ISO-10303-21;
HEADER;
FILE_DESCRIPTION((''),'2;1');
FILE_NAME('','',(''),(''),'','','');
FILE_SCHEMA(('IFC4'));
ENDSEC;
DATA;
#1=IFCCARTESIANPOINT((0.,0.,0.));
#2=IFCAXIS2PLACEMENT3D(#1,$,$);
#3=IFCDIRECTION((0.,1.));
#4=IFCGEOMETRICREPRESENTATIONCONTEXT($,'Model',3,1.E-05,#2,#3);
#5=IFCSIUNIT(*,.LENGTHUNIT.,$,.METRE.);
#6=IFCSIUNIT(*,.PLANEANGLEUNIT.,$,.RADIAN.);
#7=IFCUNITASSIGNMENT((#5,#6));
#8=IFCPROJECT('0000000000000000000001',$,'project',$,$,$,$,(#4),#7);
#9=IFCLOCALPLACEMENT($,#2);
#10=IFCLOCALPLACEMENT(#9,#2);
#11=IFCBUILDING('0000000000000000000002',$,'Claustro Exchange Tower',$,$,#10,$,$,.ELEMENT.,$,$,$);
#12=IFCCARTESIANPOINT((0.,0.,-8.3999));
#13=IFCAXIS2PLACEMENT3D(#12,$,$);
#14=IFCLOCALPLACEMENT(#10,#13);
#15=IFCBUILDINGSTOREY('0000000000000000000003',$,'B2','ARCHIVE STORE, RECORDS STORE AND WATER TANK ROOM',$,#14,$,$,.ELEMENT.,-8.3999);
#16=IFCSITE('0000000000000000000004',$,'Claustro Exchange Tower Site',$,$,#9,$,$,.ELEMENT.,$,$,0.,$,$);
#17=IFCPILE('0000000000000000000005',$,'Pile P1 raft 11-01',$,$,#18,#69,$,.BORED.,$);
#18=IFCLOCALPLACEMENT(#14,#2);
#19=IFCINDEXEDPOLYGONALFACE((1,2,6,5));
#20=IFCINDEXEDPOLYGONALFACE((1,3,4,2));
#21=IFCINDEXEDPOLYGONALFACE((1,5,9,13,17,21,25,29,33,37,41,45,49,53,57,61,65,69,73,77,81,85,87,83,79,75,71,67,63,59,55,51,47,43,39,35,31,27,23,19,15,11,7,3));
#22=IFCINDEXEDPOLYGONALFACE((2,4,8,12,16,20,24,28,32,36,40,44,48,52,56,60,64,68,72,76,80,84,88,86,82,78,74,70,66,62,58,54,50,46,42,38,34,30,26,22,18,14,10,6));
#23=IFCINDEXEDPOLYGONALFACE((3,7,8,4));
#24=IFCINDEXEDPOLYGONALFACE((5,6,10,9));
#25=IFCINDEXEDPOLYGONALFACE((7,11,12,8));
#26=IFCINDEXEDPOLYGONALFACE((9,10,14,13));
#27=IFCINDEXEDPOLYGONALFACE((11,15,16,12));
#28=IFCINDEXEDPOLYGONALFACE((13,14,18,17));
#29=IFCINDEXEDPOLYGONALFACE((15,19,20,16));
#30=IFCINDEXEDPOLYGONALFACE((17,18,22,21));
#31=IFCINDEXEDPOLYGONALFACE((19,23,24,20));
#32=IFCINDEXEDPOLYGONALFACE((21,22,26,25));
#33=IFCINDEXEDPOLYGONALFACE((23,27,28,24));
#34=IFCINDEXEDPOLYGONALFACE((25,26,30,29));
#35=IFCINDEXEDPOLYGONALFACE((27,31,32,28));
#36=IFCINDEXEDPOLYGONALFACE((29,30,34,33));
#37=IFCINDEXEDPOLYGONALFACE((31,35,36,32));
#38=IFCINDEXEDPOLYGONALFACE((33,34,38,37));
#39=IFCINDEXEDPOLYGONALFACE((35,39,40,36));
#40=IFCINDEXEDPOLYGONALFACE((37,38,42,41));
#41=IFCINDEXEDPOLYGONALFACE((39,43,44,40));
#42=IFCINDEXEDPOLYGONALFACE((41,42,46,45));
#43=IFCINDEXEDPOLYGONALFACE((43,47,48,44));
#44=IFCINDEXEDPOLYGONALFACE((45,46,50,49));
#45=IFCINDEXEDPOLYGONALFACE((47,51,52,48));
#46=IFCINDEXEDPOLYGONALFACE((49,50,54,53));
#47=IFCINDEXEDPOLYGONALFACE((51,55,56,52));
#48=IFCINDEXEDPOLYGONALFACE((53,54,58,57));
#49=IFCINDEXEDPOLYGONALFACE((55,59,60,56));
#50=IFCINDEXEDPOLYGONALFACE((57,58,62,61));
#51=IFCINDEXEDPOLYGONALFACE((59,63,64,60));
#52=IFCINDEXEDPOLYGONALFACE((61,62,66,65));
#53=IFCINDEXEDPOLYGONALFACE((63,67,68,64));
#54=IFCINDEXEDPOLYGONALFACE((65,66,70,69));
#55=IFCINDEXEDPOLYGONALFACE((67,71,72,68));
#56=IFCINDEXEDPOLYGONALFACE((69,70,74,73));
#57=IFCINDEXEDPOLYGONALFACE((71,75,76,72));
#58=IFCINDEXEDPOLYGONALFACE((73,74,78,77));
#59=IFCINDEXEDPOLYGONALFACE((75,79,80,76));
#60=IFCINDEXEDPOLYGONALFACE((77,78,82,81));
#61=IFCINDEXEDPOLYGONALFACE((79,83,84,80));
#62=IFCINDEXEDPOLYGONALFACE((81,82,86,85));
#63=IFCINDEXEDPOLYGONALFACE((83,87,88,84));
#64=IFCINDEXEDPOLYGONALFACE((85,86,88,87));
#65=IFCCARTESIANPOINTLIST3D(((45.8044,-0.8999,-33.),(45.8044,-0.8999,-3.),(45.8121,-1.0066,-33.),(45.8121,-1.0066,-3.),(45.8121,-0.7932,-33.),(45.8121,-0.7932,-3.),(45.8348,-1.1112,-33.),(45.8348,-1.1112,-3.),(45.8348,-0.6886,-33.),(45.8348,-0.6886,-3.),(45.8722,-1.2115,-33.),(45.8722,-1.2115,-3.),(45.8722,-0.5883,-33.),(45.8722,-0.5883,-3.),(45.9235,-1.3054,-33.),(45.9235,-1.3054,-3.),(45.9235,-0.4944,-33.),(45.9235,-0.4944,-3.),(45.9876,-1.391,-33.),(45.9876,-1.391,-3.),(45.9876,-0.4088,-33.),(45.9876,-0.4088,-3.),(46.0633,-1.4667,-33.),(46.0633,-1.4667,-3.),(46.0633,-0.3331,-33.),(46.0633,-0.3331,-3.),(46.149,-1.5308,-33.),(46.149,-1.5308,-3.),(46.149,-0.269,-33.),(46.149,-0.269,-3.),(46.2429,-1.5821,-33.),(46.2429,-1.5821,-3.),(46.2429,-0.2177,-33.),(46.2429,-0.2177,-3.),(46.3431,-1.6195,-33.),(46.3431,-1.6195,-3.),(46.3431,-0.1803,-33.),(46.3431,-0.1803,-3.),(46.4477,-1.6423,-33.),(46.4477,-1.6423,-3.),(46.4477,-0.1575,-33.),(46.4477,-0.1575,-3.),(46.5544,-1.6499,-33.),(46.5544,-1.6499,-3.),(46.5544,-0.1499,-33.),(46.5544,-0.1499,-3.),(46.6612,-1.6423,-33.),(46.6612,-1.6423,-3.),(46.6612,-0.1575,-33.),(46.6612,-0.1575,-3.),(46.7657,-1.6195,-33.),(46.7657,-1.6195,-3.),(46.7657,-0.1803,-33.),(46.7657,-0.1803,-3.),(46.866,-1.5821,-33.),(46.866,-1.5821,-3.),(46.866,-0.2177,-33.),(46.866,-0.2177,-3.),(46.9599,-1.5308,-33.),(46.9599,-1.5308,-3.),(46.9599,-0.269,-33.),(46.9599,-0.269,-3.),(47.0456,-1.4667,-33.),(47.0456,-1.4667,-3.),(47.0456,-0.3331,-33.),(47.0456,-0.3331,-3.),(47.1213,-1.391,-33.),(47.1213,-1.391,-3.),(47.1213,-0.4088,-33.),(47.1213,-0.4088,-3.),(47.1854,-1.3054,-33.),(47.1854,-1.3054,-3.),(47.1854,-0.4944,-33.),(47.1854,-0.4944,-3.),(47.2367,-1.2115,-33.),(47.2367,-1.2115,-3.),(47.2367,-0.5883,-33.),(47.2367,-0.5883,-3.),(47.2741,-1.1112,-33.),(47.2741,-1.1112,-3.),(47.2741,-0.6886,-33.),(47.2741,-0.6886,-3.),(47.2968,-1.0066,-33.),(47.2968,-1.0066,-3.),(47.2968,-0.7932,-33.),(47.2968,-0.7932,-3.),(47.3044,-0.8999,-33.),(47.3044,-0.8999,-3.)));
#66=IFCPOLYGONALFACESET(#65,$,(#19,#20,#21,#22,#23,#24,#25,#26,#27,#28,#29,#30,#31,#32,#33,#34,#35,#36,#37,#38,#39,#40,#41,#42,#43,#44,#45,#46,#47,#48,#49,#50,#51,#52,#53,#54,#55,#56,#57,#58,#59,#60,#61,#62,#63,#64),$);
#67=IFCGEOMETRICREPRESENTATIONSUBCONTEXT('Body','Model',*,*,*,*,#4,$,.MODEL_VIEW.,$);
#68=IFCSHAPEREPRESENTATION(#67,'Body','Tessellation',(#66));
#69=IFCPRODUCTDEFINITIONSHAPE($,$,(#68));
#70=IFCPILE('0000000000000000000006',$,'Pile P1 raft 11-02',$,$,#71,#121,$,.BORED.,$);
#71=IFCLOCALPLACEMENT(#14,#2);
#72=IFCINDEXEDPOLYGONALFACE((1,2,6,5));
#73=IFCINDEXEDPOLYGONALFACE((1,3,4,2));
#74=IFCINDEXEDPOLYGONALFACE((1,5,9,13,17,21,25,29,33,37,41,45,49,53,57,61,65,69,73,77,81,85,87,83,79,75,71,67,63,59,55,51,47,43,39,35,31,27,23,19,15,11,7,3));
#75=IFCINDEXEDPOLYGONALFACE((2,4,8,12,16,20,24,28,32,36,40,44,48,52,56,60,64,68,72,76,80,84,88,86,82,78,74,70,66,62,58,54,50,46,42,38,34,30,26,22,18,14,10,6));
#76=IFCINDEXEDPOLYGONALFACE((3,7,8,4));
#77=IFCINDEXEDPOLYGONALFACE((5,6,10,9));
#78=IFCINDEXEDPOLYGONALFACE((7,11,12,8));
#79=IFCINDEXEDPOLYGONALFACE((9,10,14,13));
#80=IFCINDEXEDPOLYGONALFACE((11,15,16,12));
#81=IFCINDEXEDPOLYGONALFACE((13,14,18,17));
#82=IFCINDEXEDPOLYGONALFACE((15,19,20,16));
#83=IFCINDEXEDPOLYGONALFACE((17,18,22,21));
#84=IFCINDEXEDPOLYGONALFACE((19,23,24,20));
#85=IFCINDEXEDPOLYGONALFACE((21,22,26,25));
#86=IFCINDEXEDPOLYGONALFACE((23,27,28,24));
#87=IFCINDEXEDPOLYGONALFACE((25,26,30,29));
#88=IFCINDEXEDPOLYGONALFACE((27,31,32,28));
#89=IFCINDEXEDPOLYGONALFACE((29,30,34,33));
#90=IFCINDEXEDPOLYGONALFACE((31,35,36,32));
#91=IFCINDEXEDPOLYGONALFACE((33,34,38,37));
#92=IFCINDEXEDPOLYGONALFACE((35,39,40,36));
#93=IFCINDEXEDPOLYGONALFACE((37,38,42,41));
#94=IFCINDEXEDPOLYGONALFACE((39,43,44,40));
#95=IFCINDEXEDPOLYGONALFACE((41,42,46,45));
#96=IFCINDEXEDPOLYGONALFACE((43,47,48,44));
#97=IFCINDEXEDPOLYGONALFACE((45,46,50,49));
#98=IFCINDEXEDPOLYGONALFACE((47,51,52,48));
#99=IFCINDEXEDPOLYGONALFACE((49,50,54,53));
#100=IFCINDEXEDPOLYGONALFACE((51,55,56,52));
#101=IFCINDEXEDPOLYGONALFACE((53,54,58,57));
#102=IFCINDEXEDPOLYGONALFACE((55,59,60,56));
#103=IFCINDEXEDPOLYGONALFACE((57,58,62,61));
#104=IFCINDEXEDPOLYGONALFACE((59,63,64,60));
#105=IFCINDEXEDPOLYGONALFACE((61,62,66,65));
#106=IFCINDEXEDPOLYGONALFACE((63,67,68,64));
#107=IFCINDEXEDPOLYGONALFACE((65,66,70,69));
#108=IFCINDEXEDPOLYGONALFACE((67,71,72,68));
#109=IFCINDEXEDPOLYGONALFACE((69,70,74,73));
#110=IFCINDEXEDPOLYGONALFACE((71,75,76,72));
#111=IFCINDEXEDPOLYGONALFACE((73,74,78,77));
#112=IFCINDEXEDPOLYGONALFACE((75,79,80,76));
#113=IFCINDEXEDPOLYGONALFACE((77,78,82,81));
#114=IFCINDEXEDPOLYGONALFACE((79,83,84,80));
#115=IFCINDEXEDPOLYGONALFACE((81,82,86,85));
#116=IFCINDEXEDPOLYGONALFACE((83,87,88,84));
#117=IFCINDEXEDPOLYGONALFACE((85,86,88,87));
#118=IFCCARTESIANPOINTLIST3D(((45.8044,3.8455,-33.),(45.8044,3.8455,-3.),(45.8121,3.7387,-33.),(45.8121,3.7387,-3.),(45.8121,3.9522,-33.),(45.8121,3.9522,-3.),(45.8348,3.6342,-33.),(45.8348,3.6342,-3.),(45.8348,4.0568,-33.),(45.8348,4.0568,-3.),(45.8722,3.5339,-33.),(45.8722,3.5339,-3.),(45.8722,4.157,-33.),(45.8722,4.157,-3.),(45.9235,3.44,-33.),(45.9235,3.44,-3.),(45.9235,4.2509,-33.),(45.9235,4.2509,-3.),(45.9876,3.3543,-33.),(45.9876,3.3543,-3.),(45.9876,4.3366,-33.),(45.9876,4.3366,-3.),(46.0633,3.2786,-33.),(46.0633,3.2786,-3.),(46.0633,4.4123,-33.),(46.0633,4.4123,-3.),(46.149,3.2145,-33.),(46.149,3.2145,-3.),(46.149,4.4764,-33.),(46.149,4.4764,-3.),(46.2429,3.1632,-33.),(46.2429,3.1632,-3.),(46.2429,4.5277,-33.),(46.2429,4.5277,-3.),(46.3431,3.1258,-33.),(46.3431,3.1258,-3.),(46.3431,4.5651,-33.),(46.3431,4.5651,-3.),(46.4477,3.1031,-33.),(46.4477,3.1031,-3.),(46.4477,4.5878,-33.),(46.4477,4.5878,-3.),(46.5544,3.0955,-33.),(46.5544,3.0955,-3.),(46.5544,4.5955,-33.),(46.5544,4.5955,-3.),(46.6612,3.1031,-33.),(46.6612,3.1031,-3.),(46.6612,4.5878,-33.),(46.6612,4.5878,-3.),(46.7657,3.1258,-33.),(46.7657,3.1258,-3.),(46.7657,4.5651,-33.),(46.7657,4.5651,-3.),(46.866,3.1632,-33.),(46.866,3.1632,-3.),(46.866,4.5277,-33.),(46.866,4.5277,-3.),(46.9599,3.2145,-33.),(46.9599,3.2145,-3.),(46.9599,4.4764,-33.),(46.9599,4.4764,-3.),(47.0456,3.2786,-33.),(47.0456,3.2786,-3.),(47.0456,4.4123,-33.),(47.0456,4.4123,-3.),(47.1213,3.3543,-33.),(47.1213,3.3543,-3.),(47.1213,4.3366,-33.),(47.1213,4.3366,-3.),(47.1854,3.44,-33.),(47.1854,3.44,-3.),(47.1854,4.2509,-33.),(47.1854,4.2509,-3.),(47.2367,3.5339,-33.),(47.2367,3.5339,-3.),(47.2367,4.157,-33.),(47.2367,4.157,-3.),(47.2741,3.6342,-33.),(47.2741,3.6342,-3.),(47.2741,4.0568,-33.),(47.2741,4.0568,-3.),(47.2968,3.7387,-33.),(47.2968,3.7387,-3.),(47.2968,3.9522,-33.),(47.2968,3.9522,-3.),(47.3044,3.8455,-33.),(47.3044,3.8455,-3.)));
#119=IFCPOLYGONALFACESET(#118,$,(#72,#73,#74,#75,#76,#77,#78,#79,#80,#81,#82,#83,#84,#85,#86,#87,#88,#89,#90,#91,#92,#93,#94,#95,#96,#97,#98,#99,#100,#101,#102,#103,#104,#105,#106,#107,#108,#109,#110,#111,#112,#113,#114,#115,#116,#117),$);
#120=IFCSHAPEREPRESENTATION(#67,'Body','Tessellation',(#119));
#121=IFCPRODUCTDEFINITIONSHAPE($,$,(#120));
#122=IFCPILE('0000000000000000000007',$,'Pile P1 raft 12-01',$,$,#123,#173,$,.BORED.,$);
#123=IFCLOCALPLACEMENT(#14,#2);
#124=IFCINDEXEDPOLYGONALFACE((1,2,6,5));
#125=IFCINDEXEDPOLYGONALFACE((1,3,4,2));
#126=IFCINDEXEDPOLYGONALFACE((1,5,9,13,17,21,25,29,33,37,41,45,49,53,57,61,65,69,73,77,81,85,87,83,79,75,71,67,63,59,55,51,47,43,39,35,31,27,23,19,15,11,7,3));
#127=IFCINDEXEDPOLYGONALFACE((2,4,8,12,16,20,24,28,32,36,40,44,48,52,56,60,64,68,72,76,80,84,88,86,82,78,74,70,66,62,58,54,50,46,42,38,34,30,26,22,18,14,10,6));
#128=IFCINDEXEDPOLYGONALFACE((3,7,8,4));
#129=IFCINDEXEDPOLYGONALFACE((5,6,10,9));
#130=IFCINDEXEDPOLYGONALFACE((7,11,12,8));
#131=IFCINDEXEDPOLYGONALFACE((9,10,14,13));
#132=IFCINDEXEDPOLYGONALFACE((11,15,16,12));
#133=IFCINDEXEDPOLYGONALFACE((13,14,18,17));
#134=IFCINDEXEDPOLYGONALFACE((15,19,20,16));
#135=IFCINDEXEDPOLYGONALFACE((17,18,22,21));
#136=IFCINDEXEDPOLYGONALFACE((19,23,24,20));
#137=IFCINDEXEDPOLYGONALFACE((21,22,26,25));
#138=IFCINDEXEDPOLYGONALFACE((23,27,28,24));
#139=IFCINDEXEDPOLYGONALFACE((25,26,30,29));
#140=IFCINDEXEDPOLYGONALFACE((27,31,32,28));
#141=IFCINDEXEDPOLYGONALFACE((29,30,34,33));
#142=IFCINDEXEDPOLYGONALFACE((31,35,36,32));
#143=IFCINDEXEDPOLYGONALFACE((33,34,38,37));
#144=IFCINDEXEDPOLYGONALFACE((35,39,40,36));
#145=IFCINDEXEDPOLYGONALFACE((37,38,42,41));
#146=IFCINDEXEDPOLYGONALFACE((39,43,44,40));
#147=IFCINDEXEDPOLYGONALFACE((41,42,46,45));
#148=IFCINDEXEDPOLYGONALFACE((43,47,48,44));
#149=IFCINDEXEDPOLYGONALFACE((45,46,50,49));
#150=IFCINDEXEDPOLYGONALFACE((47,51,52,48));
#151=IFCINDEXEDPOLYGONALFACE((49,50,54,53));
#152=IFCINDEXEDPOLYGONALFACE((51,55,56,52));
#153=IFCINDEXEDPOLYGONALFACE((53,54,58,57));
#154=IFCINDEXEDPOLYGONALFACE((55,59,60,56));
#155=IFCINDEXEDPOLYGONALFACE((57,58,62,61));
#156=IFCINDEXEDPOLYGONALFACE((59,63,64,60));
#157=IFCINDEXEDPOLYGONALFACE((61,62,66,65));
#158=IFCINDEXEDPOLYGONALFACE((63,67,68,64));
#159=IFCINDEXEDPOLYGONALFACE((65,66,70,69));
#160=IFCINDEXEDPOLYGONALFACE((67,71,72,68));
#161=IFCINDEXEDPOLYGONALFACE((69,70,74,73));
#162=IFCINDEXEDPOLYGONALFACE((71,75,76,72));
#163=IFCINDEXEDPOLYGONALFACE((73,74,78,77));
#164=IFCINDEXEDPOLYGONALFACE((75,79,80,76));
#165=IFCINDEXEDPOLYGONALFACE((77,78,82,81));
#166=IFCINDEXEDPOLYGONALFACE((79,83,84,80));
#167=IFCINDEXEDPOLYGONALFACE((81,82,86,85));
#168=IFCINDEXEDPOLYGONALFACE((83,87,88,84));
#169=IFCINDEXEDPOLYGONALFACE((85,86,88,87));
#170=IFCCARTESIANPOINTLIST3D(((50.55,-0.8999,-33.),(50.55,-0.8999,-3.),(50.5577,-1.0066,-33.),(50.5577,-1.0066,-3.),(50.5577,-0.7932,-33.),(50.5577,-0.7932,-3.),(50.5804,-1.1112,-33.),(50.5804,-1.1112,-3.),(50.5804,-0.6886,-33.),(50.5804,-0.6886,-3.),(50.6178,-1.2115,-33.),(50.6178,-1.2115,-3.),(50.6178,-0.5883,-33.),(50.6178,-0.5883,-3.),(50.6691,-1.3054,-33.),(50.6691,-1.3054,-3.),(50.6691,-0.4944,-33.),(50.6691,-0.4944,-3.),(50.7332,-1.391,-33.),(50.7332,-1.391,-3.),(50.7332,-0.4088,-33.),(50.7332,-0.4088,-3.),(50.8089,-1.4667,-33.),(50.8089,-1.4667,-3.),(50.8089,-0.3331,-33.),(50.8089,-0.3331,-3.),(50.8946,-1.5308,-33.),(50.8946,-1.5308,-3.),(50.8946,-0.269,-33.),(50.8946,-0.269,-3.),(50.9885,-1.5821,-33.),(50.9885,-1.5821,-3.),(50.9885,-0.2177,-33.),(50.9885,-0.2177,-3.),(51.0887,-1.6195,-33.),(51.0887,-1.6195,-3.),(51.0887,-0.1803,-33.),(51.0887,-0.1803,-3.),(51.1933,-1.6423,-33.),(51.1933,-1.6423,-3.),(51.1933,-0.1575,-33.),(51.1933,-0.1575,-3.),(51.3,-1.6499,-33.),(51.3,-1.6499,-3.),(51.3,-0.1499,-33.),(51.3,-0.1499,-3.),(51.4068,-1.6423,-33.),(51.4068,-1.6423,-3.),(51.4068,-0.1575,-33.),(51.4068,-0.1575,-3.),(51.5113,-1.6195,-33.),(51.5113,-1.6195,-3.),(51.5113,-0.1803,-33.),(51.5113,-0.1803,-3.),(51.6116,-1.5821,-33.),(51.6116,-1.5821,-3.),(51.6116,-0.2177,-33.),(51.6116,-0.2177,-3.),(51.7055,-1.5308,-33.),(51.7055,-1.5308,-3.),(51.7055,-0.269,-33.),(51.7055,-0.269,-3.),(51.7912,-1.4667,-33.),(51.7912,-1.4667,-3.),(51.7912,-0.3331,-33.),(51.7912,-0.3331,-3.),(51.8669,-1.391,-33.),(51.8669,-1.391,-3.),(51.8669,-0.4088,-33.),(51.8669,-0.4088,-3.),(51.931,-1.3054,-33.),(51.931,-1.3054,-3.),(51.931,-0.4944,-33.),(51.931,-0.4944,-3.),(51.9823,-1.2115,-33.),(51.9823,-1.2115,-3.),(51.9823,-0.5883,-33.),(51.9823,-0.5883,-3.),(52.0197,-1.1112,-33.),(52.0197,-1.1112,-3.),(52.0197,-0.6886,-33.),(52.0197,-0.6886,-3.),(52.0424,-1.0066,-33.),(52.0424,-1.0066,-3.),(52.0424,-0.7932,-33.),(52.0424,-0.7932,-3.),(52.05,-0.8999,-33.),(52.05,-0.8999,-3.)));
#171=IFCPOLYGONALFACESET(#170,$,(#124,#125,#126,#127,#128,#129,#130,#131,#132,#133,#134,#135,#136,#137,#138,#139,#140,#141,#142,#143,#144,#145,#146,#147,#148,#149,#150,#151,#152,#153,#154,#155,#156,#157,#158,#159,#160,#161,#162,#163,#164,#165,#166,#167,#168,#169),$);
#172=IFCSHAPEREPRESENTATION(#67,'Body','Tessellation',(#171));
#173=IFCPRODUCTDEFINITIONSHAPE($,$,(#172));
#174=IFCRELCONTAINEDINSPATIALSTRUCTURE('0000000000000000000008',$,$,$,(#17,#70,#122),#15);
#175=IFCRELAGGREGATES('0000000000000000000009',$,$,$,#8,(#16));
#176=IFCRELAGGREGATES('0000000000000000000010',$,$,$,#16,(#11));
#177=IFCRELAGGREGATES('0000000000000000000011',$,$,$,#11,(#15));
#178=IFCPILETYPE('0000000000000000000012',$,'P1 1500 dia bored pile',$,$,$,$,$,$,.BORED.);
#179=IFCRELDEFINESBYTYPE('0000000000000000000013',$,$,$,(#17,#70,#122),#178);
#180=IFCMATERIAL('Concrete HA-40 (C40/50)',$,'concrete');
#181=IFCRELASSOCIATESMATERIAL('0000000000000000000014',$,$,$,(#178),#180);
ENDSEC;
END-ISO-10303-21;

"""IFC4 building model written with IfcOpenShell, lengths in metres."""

from ifc_helpers import new_model, si_unit, direction, frame, origin, origin_2d, place, context, subcontext, project, spatial, circle, extrude, material, type_object, element, save


model = new_model("IFC4")

# Units and contexts
model_context = context("Model", 3, precision=1e-05, world=origin(), true_north=direction((0.0, 1.0)))
body_context = subcontext(model_context, "Body", "Model", "MODEL_VIEW")
ifc_project = project(units=[si_unit("LENGTHUNIT", "METRE"), si_unit("PLANEANGLEUNIT", "RADIAN")], contexts=[model_context])

# Site, building, storey
site_placement = place(None, origin())
site = spatial("IfcSite", under=ifc_project, at=site_placement, Name="Claustro Exchange Tower Site", CompositionType="ELEMENT", RefElevation=0.0)
building_placement = place(site_placement, origin())
building = spatial("IfcBuilding", under=site, at=building_placement, Name="Claustro Exchange Tower", CompositionType="ELEMENT")
storey_placement = place(building_placement, frame((0.0, 0.0, -8.3999)))
storey = spatial("IfcBuildingStorey", under=building, at=storey_placement, Name="B2", Description="ARCHIVE STORE, RECORDS STORE AND WATER TANK ROOM", CompositionType="ELEMENT", Elevation=-8.3999)

# Piles
ifc_material_1 = material(Name="Concrete HA-40 (C40/50)", Category="concrete")
pile_type_1 = type_object("IfcPileType", Name="P1 1500 dia bored pile", PredefinedType="BORED", material=ifc_material_1)
for number, where, z_axis, x_axis, name in (
    (1, (46.5544, -0.8999, -3.0), (0.0, 0.0, -1.0), (1.0, 0.0, 0.0), "Pile P1 raft 11-01"),
    (2, (46.5544, 3.8455, -3.0), (0.0, 0.0, -1.0), (1.0, 0.0, 0.0), "Pile P1 raft 11-02"),
    (3, (51.3, -0.8999, -3.0), (0.0, 0.0, -1.0), (1.0, 0.0, 0.0), "Pile P1 raft 12-01"),
):
    element("IfcPile", number, at=place(storey_placement, frame(where, z_axis=z_axis, x_axis=x_axis)), inside=storey, type_object=pile_type_1, Name=name, PredefinedType="BORED", context=body_context, shape_type="SweptSolid", body=[
        extrude(circle(Radius=0.75, at=origin_2d()), origin(), (0.0, 0.0, 1.0), 30.0),
    ])

save(model, "model.ifc")
